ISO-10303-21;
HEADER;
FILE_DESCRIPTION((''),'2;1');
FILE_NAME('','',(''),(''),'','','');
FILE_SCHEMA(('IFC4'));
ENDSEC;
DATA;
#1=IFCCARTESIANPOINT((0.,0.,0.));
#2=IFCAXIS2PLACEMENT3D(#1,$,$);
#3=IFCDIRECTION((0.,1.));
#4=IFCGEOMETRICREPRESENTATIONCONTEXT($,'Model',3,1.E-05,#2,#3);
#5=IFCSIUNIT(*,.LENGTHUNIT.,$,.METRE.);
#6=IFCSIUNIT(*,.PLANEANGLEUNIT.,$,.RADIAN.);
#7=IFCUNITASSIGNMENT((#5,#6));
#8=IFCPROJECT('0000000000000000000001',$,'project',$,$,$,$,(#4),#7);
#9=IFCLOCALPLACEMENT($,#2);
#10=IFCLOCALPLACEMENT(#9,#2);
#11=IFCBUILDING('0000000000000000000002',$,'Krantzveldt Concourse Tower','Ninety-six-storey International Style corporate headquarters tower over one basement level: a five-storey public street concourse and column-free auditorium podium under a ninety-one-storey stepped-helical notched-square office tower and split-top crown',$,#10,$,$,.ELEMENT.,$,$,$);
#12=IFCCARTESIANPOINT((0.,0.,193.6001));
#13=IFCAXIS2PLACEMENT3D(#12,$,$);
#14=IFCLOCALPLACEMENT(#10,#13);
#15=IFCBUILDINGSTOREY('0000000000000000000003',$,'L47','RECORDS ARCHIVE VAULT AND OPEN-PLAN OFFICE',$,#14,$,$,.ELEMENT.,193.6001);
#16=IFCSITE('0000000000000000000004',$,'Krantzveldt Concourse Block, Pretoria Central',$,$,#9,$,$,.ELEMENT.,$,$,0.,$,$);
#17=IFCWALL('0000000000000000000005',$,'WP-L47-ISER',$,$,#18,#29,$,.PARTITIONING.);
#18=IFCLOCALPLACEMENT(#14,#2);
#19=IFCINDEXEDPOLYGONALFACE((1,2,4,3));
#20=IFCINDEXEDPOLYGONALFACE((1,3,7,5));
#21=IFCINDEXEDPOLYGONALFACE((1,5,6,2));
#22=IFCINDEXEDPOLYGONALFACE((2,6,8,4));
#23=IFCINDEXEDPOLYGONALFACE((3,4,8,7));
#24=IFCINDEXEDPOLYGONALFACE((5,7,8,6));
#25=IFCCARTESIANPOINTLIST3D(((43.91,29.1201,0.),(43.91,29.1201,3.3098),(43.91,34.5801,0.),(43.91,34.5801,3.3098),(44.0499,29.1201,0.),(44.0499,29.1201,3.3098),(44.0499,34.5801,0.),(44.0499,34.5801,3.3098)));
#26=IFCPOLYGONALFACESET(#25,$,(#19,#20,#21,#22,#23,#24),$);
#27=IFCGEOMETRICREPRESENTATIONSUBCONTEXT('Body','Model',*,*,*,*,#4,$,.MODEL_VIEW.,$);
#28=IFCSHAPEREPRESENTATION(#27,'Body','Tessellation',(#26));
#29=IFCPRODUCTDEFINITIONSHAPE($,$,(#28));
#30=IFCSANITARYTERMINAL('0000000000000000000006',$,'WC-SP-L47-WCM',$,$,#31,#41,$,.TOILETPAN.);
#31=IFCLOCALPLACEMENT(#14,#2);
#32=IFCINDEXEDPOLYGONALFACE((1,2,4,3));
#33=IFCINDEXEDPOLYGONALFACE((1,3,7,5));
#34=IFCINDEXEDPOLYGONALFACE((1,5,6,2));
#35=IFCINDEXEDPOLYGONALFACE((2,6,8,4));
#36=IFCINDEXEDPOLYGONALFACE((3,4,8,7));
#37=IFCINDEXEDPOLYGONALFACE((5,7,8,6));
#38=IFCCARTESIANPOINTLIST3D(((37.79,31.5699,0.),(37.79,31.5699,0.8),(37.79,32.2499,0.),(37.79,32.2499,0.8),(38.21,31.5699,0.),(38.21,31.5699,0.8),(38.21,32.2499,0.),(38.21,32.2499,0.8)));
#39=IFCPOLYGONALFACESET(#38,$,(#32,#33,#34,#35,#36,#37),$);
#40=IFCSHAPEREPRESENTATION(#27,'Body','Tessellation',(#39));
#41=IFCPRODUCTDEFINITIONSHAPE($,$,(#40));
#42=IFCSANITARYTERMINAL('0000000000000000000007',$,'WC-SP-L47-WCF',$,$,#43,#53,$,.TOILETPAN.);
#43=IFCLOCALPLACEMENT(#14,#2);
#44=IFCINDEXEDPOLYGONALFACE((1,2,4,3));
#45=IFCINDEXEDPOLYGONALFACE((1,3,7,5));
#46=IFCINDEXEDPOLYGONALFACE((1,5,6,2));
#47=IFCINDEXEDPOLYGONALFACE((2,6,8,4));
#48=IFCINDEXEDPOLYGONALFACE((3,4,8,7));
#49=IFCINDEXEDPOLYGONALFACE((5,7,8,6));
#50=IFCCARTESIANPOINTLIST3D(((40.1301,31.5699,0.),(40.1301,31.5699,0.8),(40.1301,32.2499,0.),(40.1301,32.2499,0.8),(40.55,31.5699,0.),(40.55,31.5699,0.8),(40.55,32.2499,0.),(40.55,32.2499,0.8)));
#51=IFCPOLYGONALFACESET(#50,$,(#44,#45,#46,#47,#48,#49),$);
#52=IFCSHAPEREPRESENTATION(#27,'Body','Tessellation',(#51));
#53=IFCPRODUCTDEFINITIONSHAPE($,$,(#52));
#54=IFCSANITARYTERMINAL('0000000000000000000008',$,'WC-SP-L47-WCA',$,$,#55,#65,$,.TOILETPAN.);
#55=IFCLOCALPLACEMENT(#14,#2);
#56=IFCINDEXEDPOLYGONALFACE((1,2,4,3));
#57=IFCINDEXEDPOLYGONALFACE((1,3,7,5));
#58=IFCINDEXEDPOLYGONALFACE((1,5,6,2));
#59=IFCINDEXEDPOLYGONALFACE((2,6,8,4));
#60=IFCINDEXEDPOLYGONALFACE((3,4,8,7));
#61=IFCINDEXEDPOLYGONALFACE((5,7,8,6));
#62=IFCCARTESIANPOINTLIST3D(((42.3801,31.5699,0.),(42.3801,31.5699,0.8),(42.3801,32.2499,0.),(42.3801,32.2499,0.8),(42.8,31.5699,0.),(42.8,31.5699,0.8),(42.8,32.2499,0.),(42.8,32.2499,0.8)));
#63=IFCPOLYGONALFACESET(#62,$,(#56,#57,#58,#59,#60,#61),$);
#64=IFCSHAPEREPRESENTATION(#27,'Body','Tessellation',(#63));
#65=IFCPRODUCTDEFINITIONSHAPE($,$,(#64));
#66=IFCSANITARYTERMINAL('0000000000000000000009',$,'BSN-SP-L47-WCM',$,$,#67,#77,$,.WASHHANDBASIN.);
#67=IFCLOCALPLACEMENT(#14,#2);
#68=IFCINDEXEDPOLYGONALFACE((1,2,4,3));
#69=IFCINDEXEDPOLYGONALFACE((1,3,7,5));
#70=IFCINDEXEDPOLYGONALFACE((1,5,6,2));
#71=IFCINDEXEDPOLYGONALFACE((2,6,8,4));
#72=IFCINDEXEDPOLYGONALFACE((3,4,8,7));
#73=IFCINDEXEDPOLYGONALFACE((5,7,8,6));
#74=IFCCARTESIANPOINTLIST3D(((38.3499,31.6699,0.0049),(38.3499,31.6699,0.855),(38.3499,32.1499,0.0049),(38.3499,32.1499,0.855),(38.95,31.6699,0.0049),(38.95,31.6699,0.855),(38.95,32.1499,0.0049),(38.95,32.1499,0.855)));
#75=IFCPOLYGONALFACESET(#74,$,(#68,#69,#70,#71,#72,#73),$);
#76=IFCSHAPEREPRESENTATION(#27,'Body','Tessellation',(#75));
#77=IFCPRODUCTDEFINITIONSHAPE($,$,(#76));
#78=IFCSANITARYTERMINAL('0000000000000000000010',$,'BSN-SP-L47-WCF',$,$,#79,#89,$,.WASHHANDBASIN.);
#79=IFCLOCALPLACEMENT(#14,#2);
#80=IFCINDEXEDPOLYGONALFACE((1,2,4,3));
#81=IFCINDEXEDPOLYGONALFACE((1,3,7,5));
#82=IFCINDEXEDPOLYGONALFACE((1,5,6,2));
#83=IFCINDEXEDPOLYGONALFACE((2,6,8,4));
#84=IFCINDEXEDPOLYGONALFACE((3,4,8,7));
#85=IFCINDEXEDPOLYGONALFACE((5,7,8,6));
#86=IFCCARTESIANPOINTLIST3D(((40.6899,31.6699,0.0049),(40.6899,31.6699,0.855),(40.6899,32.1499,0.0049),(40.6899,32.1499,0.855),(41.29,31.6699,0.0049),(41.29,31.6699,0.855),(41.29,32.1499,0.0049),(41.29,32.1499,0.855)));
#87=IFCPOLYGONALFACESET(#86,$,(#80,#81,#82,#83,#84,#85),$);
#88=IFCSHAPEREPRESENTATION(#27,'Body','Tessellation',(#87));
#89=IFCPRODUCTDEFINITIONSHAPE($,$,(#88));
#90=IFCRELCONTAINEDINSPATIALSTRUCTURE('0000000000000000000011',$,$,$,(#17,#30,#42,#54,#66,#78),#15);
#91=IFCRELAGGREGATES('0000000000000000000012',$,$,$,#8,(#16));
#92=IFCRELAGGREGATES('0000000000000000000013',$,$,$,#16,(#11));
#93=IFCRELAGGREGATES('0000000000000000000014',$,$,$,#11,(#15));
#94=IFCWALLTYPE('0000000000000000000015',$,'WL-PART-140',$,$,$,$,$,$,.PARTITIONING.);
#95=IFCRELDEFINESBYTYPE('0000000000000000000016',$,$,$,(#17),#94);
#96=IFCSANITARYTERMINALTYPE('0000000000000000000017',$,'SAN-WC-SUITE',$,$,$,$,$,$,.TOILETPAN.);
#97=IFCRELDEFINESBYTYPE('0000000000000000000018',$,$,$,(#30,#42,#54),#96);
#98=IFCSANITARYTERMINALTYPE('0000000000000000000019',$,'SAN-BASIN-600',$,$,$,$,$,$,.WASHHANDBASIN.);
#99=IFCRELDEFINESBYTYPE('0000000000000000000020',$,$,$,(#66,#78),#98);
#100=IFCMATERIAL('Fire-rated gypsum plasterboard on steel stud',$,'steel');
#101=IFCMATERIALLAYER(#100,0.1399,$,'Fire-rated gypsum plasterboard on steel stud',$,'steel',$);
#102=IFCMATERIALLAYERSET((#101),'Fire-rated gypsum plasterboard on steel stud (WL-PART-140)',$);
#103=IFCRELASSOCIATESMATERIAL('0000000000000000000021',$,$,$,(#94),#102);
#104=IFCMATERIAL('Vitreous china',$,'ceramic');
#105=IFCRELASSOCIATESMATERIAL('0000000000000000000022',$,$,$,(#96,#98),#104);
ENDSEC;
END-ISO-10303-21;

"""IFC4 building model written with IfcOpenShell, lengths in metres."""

from ifc_helpers import new_model, si_unit, direction, frame, frame_2d, origin, origin_2d, place, context, subcontext, project, spatial, rectangle, extrude, source, transform, mapped, material, layer, layer_set, type_object, type_shapes, element, save


model = new_model("IFC4")

# Units and contexts
model_context = context("Model", 3, precision=1e-05, world=origin(), true_north=direction((0.0, 1.0)))
body_context = subcontext(model_context, "Body", "Model", "MODEL_VIEW")
ifc_project = project(units=[si_unit("LENGTHUNIT", "METRE"), si_unit("PLANEANGLEUNIT", "RADIAN")], contexts=[model_context])

# Site, building, storey
site_placement = place(None, origin())
site = spatial("IfcSite", under=ifc_project, at=site_placement, Name="Krantzveldt Concourse Block, Pretoria Central", CompositionType="ELEMENT", RefElevation=0.0)
building_placement = place(site_placement, origin())
building = spatial("IfcBuilding", under=site, at=building_placement, Name="Krantzveldt Concourse Tower", Description="Ninety-six-storey International Style corporate headquarters tower over one basement level: a five-storey public street concourse and column-free auditorium podium under a ninety-one-storey stepped-helical notched-square office tower and split-top crown", CompositionType="ELEMENT")
storey_placement = place(building_placement, frame((0.0, 0.0, 193.6001)))
storey = spatial("IfcBuildingStorey", under=building, at=storey_placement, Name="L47", Description="RECORDS ARCHIVE VAULT AND OPEN-PLAN OFFICE", CompositionType="ELEMENT", Elevation=193.6001)

# Shared definitions
ifc_material_1 = material(Name="Fire-rated gypsum plasterboard on steel stud", Category="steel")

# Shared definitions
ifc_layer_1 = layer(ifc_material_1, 0.1399, Name="Fire-rated gypsum plasterboard on steel stud", Category="steel")
ifc_layer_set_1 = layer_set([ifc_layer_1], Name="Fire-rated gypsum plasterboard on steel stud (WL-PART-140)")
wall_type_1 = type_object("IfcWallType", Name="WL-PART-140", PredefinedType="PARTITIONING", material=ifc_layer_set_1)

# Wall
wall_1_placement = place(storey_placement, frame((43.98, 29.1201, 0.0), z_axis=(0.0, 0.0, 1.0), x_axis=(0.0, 1.0, 0.0)))
element("IfcWall", 1, at=wall_1_placement, inside=storey, type_object=wall_type_1, Name="WP-L47-ISER", PredefinedType="PARTITIONING", context=body_context, shape_type="SweptSolid", body=[
    extrude(rectangle(XDim=5.46, YDim=0.1399, at=frame_2d((2.73, 0.0))), origin(), (0.0, 0.0, 1.0), 3.3098),
])

# Sanitary terminals
ifc_material_2 = material(Name="Vitreous china", Category="ceramic")
sanitary_terminal_type_1 = type_object("IfcSanitaryTerminalType", Name="SAN-WC-SUITE", PredefinedType="TOILETPAN", material=ifc_material_2)
shared_shape_1 = source(origin(), body_context, "Body", "SweptSolid", [
    extrude(rectangle(XDim=0.4199, YDim=0.6799, at=origin_2d()), origin(), (0.0, 0.0, 1.0), 0.8),
])
type_shapes(sanitary_terminal_type_1, [shared_shape_1])
for number, where, z_axis, x_axis, name in (
    (2, (38.0, 31.9099, 0.0), (0.0, 0.0, 1.0), (1.0, 0.0, 0.0), "WC-SP-L47-WCM"),
    (3, (40.3401, 31.9099, 0.0), (0.0, 0.0, 1.0), (1.0, 0.0, 0.0), "WC-SP-L47-WCF"),
    (4, (42.5901, 31.9099, 0.0), (0.0, 0.0, 1.0), (1.0, 0.0, 0.0), "WC-SP-L47-WCA"),
):
    element("IfcSanitaryTerminal", number, at=place(storey_placement, frame(where, z_axis=z_axis, x_axis=x_axis)), inside=storey, type_object=sanitary_terminal_type_1, Name=name, PredefinedType="TOILETPAN", context=body_context, shape_type="MappedRepresentation", body=[
        mapped(shared_shape_1, transform((0.0, 0.0, 0.0), x_axis=(1.0, 0.0, 0.0), y_axis=(0.0, 1.0, 0.0), z_axis=(0.0, 0.0, 1.0), scale=1.0)),
    ])
sanitary_terminal_type_2 = type_object("IfcSanitaryTerminalType", Name="SAN-BASIN-600", PredefinedType="WASHHANDBASIN", material=ifc_material_2)
shared_shape_2 = source(origin(), body_context, "Body", "SweptSolid", [
    extrude(rectangle(XDim=0.6001, YDim=0.48, at=origin_2d()), origin(), (0.0, 0.0, 1.0), 0.8501),
])
type_shapes(sanitary_terminal_type_2, [shared_shape_2])
for number, where, z_axis, x_axis, name in (
    (5, (38.6499, 31.9099, 0.0049), (0.0, 0.0, 1.0), (1.0, 0.0, 0.0), "BSN-SP-L47-WCM"),
    (6, (40.99, 31.9099, 0.0049), (0.0, 0.0, 1.0), (1.0, 0.0, 0.0), "BSN-SP-L47-WCF"),
):
    element("IfcSanitaryTerminal", number, at=place(storey_placement, frame(where, z_axis=z_axis, x_axis=x_axis)), inside=storey, type_object=sanitary_terminal_type_2, Name=name, PredefinedType="WASHHANDBASIN", context=body_context, shape_type="MappedRepresentation", body=[
        mapped(shared_shape_2, transform((0.0, 0.0, 0.0), x_axis=(1.0, 0.0, 0.0), y_axis=(0.0, 1.0, 0.0), z_axis=(0.0, 0.0, 1.0), scale=1.0)),
    ])

save(model, "model.ifc")
